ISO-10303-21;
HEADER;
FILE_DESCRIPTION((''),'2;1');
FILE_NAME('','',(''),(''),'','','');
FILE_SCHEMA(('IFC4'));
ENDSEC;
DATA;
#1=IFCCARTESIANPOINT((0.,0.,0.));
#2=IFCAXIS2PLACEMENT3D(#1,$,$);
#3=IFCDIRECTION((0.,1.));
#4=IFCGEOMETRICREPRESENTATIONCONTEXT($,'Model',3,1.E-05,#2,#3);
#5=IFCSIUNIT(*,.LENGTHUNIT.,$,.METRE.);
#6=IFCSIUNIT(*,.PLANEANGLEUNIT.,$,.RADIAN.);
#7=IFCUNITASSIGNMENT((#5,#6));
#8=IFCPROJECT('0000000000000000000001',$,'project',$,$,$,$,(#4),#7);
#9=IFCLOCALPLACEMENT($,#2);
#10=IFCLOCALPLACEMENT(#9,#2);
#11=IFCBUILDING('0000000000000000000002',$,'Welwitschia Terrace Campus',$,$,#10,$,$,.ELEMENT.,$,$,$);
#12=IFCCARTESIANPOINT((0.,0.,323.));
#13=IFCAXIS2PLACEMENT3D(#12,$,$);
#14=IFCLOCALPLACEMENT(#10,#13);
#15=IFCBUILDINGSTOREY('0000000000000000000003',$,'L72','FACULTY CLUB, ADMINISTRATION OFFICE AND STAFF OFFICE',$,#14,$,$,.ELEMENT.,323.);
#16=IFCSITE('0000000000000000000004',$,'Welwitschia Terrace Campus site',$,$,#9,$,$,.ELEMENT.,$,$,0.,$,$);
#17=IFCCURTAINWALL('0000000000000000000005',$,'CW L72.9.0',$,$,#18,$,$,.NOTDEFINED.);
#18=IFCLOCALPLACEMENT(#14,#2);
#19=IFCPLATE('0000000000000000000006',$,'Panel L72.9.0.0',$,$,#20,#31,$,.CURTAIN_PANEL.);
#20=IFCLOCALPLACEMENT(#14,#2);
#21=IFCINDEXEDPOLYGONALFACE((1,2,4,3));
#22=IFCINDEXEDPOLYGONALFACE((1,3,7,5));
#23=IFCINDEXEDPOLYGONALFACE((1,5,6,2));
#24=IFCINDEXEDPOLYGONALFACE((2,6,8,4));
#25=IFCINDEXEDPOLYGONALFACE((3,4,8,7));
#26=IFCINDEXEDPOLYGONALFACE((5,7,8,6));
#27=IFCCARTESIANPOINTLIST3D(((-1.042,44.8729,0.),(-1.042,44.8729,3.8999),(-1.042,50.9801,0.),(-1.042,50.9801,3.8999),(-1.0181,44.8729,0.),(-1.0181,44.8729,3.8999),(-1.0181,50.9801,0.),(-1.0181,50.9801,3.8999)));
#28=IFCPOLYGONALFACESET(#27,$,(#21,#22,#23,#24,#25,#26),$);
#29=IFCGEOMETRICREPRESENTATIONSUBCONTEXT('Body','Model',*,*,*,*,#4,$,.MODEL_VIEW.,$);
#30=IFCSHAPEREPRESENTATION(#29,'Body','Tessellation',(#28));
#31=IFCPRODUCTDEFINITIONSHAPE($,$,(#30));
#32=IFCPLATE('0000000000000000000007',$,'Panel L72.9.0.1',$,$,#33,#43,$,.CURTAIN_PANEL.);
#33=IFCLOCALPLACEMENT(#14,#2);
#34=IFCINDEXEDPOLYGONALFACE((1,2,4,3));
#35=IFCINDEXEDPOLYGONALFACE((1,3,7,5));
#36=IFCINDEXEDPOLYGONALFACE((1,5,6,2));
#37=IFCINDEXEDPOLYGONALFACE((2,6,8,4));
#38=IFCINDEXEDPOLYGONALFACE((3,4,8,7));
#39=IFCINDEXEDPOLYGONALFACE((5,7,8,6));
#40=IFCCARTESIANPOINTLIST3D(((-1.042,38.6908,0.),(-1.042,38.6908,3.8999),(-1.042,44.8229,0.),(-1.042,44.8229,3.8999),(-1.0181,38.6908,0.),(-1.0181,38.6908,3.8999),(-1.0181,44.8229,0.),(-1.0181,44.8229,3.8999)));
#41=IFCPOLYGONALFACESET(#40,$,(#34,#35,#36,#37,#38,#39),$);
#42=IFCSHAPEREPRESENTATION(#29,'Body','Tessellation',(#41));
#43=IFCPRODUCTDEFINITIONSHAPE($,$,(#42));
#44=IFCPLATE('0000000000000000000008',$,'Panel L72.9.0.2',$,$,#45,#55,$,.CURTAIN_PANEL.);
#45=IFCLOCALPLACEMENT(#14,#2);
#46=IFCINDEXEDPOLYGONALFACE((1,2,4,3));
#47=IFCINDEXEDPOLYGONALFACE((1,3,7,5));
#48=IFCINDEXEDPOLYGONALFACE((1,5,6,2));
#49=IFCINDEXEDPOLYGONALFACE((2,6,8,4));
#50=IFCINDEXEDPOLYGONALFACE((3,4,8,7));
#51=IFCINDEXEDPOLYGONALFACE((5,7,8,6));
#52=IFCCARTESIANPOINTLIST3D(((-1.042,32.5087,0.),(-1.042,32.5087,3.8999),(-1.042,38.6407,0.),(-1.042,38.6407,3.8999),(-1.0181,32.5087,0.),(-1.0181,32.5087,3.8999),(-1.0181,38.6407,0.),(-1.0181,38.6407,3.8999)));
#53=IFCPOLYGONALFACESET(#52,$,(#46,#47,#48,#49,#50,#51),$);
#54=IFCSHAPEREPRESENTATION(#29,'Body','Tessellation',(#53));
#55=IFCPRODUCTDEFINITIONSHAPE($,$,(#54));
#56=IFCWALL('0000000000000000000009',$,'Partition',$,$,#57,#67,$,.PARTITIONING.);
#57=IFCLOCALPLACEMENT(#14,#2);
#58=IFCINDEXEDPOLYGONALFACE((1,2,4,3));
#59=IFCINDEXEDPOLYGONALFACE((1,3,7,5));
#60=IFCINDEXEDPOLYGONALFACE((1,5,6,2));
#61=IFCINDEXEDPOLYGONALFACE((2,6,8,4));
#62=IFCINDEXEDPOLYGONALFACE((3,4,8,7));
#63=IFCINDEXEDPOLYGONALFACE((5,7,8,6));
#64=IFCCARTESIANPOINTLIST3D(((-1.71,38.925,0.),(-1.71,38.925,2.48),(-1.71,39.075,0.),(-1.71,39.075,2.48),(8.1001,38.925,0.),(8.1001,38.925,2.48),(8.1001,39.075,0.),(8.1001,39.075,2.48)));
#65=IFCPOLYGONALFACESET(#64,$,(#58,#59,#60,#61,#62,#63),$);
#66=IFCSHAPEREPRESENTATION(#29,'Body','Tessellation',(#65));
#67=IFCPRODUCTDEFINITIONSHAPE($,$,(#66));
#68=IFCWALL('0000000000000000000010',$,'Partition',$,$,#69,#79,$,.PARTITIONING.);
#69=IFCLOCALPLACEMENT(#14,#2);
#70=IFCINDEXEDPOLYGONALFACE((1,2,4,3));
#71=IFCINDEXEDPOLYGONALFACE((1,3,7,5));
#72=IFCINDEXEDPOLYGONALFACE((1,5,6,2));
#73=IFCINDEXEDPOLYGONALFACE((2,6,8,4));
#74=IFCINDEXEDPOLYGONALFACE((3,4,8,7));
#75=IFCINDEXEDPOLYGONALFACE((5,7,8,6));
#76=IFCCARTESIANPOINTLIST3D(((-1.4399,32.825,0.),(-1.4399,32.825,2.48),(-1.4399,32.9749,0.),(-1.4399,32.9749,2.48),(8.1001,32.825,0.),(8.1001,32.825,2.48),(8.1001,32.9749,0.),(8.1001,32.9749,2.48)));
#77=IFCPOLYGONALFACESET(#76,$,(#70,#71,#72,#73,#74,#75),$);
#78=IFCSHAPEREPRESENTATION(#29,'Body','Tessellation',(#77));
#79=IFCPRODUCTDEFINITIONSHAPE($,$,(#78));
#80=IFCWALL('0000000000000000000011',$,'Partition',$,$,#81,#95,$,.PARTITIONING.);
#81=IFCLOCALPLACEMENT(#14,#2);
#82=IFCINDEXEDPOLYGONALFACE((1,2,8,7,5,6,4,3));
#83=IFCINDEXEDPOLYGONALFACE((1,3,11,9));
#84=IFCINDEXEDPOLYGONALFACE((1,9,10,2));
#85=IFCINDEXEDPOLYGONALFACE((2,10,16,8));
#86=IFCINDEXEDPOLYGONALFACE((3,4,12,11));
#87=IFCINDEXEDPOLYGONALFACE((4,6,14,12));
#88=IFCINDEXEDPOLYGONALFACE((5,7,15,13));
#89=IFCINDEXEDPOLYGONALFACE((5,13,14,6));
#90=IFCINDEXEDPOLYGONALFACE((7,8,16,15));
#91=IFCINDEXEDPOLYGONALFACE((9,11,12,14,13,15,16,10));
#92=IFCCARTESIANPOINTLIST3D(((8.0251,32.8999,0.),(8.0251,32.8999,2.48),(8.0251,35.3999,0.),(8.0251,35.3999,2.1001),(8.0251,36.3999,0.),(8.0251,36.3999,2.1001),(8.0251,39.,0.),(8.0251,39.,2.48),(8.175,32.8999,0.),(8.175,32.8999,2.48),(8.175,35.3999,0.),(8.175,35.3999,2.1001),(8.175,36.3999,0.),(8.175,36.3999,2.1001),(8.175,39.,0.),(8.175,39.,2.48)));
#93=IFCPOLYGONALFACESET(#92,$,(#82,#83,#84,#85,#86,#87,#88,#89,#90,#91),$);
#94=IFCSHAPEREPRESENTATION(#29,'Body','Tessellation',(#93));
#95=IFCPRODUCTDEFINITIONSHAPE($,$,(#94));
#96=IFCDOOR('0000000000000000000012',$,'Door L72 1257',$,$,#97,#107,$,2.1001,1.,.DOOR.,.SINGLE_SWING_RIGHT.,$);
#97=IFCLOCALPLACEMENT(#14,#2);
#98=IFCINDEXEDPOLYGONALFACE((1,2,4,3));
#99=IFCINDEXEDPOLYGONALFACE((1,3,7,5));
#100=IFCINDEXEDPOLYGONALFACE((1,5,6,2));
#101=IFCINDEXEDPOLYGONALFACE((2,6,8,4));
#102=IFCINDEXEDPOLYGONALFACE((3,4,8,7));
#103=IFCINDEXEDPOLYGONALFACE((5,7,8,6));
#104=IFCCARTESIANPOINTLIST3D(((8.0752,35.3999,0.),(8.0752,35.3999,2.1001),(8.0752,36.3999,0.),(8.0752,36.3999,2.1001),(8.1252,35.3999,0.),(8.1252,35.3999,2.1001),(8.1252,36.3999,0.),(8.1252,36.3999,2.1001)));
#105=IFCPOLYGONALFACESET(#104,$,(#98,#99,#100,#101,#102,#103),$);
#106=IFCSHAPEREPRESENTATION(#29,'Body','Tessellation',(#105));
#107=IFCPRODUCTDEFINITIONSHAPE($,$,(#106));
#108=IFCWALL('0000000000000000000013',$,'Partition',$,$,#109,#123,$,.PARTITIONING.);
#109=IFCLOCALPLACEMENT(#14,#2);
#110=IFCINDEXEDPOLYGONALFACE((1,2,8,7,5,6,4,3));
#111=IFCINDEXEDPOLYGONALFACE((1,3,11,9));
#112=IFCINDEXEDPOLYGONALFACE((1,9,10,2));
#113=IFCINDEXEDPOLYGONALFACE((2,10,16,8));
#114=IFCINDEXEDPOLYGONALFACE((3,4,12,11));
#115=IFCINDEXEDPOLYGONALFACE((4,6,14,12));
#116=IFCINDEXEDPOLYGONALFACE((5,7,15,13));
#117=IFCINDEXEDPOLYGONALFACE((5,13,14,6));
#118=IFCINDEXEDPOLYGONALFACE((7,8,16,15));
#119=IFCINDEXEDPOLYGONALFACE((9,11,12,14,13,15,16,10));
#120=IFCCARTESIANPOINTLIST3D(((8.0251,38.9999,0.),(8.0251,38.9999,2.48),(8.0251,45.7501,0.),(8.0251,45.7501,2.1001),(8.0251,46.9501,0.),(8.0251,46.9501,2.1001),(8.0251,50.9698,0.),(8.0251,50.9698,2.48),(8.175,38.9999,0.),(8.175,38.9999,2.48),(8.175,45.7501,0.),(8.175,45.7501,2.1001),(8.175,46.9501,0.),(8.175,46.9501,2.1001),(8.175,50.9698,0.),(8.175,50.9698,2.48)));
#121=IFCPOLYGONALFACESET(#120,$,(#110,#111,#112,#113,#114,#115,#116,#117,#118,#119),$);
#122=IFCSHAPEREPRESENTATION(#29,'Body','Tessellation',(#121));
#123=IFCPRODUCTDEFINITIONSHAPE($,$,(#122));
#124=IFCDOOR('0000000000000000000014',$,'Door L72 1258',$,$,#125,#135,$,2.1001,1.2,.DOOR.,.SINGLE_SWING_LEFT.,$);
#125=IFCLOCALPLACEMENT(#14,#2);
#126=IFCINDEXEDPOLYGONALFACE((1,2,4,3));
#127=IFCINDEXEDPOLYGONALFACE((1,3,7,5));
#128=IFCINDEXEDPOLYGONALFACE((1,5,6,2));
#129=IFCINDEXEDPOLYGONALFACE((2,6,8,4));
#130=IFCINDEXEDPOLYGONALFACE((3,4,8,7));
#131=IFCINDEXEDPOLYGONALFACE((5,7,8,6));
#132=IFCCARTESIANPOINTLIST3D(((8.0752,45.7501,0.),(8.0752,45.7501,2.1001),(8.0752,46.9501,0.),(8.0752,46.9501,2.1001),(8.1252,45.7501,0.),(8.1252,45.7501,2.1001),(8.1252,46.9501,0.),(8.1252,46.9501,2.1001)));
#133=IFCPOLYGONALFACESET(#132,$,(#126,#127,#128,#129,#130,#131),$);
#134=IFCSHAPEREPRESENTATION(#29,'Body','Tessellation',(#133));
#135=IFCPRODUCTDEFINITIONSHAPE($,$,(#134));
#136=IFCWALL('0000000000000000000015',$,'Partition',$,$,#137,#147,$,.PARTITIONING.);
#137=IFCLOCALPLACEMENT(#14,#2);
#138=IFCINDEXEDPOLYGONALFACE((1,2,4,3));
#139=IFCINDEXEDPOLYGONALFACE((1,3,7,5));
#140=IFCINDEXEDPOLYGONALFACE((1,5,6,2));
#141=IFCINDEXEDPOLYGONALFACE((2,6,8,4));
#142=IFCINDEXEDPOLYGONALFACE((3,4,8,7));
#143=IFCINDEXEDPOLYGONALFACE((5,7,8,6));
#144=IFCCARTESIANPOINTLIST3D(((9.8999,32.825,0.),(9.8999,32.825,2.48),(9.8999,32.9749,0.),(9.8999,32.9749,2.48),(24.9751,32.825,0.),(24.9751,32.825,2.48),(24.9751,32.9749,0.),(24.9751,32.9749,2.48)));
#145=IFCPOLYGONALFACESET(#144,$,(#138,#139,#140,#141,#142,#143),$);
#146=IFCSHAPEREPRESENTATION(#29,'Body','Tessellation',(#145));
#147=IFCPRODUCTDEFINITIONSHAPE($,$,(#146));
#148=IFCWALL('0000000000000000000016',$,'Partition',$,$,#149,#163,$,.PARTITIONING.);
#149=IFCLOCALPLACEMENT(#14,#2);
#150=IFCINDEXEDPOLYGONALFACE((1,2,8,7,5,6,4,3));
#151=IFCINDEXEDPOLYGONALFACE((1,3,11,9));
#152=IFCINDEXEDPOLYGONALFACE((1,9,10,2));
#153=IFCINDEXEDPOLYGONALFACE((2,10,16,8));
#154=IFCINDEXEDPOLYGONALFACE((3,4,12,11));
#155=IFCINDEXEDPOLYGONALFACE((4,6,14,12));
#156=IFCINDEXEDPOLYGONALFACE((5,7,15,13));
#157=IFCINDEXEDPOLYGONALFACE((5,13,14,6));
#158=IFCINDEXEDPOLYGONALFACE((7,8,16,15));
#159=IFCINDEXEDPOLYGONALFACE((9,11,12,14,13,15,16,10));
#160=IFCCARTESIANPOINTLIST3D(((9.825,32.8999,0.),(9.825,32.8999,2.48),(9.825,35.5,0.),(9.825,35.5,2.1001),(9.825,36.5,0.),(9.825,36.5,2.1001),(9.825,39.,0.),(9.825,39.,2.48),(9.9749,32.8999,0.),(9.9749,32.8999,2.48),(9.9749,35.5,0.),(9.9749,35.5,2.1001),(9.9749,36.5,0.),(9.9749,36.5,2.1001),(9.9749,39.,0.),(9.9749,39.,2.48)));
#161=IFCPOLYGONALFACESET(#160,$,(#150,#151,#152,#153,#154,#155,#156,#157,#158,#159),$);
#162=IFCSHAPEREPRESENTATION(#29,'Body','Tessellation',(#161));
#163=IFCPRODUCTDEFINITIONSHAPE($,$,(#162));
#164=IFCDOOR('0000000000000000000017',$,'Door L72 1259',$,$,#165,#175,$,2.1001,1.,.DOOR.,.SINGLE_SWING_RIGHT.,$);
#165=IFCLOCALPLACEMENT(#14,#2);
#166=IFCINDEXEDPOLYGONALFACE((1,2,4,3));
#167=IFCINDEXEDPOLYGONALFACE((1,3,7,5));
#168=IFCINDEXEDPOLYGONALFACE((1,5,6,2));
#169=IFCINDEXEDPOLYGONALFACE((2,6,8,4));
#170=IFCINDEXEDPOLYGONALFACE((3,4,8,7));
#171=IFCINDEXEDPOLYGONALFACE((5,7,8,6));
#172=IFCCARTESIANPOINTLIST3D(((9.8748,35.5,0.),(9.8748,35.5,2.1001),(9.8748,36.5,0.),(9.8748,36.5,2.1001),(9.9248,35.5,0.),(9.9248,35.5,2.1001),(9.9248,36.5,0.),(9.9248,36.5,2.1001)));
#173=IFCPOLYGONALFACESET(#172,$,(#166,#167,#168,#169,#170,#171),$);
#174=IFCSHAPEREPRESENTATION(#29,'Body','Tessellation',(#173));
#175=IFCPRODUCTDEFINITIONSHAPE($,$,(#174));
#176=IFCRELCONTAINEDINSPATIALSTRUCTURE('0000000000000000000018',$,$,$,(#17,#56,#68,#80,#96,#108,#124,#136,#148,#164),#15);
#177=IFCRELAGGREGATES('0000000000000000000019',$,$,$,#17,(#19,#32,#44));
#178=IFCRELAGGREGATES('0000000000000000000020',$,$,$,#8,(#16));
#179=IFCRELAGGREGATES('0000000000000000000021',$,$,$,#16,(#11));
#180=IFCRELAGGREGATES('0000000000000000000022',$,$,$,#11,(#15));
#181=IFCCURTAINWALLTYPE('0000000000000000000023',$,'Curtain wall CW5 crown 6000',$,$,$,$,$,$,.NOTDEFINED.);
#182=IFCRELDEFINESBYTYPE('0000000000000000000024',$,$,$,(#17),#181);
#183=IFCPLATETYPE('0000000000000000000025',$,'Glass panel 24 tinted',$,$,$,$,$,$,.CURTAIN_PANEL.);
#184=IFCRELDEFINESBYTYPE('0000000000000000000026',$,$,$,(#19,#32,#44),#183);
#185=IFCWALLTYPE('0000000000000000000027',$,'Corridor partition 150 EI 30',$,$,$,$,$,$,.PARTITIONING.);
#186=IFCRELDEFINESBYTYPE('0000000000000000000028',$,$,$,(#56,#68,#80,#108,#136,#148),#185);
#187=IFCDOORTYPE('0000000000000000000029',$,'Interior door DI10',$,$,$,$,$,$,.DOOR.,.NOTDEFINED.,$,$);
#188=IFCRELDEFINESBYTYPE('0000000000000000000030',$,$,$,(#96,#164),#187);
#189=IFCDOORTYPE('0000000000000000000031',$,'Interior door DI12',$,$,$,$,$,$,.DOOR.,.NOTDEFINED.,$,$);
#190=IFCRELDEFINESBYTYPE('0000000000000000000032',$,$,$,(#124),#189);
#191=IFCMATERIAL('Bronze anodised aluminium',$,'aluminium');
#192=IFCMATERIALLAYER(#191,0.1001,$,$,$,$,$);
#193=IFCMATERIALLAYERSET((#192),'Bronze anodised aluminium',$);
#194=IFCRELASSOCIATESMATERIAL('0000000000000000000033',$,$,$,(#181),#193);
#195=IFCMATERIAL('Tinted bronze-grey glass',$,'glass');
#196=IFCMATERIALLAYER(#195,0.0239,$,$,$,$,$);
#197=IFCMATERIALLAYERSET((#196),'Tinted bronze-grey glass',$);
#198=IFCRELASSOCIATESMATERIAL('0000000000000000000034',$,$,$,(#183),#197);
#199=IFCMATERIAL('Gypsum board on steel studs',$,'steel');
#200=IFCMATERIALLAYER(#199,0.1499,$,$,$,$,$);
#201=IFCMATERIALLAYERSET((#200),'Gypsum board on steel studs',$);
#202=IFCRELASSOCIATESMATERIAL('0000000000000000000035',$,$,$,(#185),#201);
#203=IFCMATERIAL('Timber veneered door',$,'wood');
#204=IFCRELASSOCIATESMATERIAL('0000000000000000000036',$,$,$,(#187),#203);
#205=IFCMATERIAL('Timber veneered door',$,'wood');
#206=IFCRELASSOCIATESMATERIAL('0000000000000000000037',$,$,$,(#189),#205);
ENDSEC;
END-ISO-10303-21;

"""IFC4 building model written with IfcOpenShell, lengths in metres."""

from ifc_helpers import new_model, si_unit, direction, frame, frame_2d, origin, origin_2d, place, context, subcontext, project, spatial, rectangle, extrude, material, layer, layer_set, type_object, element, fill, aggregate, save


model = new_model("IFC4")

# Units and contexts
model_context = context("Model", 3, precision=1e-05, world=origin(), true_north=direction((0.0, 1.0)))
body_context = subcontext(model_context, "Body", "Model", "MODEL_VIEW")
ifc_project = project(units=[si_unit("LENGTHUNIT", "METRE"), si_unit("PLANEANGLEUNIT", "RADIAN")], contexts=[model_context])

# Site, building, storey
site_placement = place(None, origin())
site = spatial("IfcSite", under=ifc_project, at=site_placement, Name="Welwitschia Terrace Campus site", CompositionType="ELEMENT", RefElevation=0.0)
building_placement = place(site_placement, origin())
building = spatial("IfcBuilding", under=site, at=building_placement, Name="Welwitschia Terrace Campus", CompositionType="ELEMENT")
storey_placement = place(building_placement, frame((0.0, 0.0, 323.0)))
storey = spatial("IfcBuildingStorey", under=building, at=storey_placement, Name="L72", Description="FACULTY CLUB, ADMINISTRATION OFFICE AND STAFF OFFICE", CompositionType="ELEMENT", Elevation=323.0)

# Curtain wall
ifc_material_1 = material(Name="Bronze anodised aluminium", Category="aluminium")
ifc_layer_1 = layer(ifc_material_1, 0.1001)
ifc_layer_set_1 = layer_set([ifc_layer_1], Name="Bronze anodised aluminium")
curtain_wall_type = type_object("IfcCurtainWallType", Name="Curtain wall CW5 crown 6000", PredefinedType="NOTDEFINED", material=ifc_layer_set_1)
curtain_wall_1_placement = place(storey_placement, origin())
curtain_wall_1 = element("IfcCurtainWall", 1, at=curtain_wall_1_placement, inside=storey, type_object=curtain_wall_type, Name="CW L72.9.0", PredefinedType="NOTDEFINED")

# Plates
ifc_material_2 = material(Name="Tinted bronze-grey glass", Category="glass")
ifc_layer_2 = layer(ifc_material_2, 0.0239)
ifc_layer_set_2 = layer_set([ifc_layer_2], Name="Tinted bronze-grey glass")
plate_type = type_object("IfcPlateType", Name="Glass panel 24 tinted", PredefinedType="CURTAIN_PANEL", material=ifc_layer_set_2)
plate_1_placement = place(storey_placement, frame((-1.03, 47.9265, 0.0), z_axis=(0.0, 0.0, 1.0), x_axis=(0.0, -1.0, 0.0)))
plate_1 = element("IfcPlate", 2, at=plate_1_placement, type_object=plate_type, Name="Panel L72.9.0.0", PredefinedType="CURTAIN_PANEL", context=body_context, shape_type="SweptSolid", body=[
    extrude(rectangle(XDim=6.1072, YDim=0.0239, at=origin_2d()), origin(), (0.0, 0.0, 1.0), 3.8999),
])
plate_2_placement = place(storey_placement, frame((-1.03, 41.7568, 0.0), z_axis=(0.0, 0.0, 1.0), x_axis=(0.0, -1.0, 0.0)))
plate_2 = element("IfcPlate", 3, at=plate_2_placement, type_object=plate_type, Name="Panel L72.9.0.1", PredefinedType="CURTAIN_PANEL", context=body_context, shape_type="SweptSolid", body=[
    extrude(rectangle(XDim=6.1321, YDim=0.0239, at=origin_2d()), origin(), (0.0, 0.0, 1.0), 3.8999),
])
plate_3_placement = place(storey_placement, frame((-1.03, 35.5747, 0.0), z_axis=(0.0, 0.0, 1.0), x_axis=(0.0, -1.0, 0.0)))
plate_3 = element("IfcPlate", 4, at=plate_3_placement, type_object=plate_type, Name="Panel L72.9.0.2", PredefinedType="CURTAIN_PANEL", context=body_context, shape_type="SweptSolid", body=[
    extrude(rectangle(XDim=6.1321, YDim=0.0239, at=origin_2d()), origin(), (0.0, 0.0, 1.0), 3.8999),
])
aggregate(curtain_wall_1, [plate_1, plate_2, plate_3])

# Walls
ifc_material_3 = material(Name="Gypsum board on steel studs", Category="steel")
ifc_layer_3 = layer(ifc_material_3, 0.1499)
ifc_layer_set_3 = layer_set([ifc_layer_3], Name="Gypsum board on steel studs")
wall_type = type_object("IfcWallType", Name="Corridor partition 150 EI 30", PredefinedType="PARTITIONING", material=ifc_layer_set_3)
wall_1_placement = place(storey_placement, frame((-1.71, 39.0, 0.0), z_axis=(0.0, 0.0, 1.0), x_axis=(1.0, 0.0, 0.0)))
element("IfcWall", 5, at=wall_1_placement, inside=storey, type_object=wall_type, Name="Partition", PredefinedType="PARTITIONING", context=body_context, shape_type="SweptSolid", body=[
    extrude(rectangle(XDim=9.8101, YDim=0.1499, at=frame_2d((4.905, 0.0))), origin(), (0.0, 0.0, 1.0), 2.48),
])
wall_2_placement = place(storey_placement, frame((-1.4399, 32.8999, 0.0), z_axis=(0.0, 0.0, 1.0), x_axis=(1.0, 0.0, 0.0)))
element("IfcWall", 6, at=wall_2_placement, inside=storey, type_object=wall_type, Name="Partition", PredefinedType="PARTITIONING", context=body_context, shape_type="SweptSolid", body=[
    extrude(rectangle(XDim=9.54, YDim=0.1499, at=frame_2d((4.77, 0.0))), origin(), (0.0, 0.0, 1.0), 2.48),
])

# Walls, openings, doors
wall_3_placement = place(storey_placement, frame((8.1001, 32.8999, 0.0), z_axis=(0.0, 0.0, 1.0), x_axis=(0.0, 1.0, 0.0)))
wall_3 = element("IfcWall", 7, at=wall_3_placement, inside=storey, type_object=wall_type, Name="Partition", PredefinedType="PARTITIONING", context=body_context, shape_type="SweptSolid", body=[
    extrude(rectangle(XDim=6.1001, YDim=0.1499, at=frame_2d((3.05, 0.0))), origin(), (0.0, 0.0, 1.0), 2.48),
])
opening_1_placement = place(wall_3_placement, frame((2.5, 0.0, 0.0)))
opening_1 = element("IfcOpeningElement", 8, at=opening_1_placement, cuts=wall_3, PredefinedType="OPENING", context=body_context, shape_type="SweptSolid", body=[
    extrude(rectangle(XDim=1.0, YDim=2.1001, at=frame_2d((0.5, 1.05))), frame((0.0, 0.085, 0.0), z_axis=(0.0, -1.0, 0.0), x_axis=(1.0, 0.0, 0.0)), (0.0, 0.0, 1.0), 0.1699),
])
ifc_material_4 = material(Name="Timber veneered door", Category="wood")
door_type_1 = type_object("IfcDoorType", Name="Interior door DI10", OperationType="NOTDEFINED", PredefinedType="DOOR", material=ifc_material_4)
door_1_placement = place(opening_1_placement, origin())
door_1 = element("IfcDoor", 9, at=door_1_placement, inside=storey, type_object=door_type_1, Name="Door L72 1257", OperationType="SINGLE_SWING_RIGHT", OverallHeight=2.1001, OverallWidth=1.0, PredefinedType="DOOR", context=body_context, shape_type="SweptSolid", body=[
    extrude(rectangle(XDim=1.0, YDim=2.1001, at=frame_2d((0.5, 1.05))), frame((0.0, 0.0249, 0.0), z_axis=(0.0, -1.0, 0.0), x_axis=(1.0, 0.0, 0.0)), (0.0, 0.0, 1.0), 0.05),
])
fill(opening_1, door_1)
wall_4_placement = place(storey_placement, frame((8.1001, 39.0, 0.0), z_axis=(0.0, 0.0, 1.0), x_axis=(0.0, 1.0, 0.0)))
wall_4 = element("IfcWall", 10, at=wall_4_placement, inside=storey, type_object=wall_type, Name="Partition", PredefinedType="PARTITIONING", context=body_context, shape_type="SweptSolid", body=[
    extrude(rectangle(XDim=11.97, YDim=0.1499, at=frame_2d((5.9849, 0.0))), origin(), (0.0, 0.0, 1.0), 2.48),
])
opening_2_placement = place(wall_4_placement, frame((6.75, 0.0, 0.0)))
opening_2 = element("IfcOpeningElement", 11, at=opening_2_placement, cuts=wall_4, PredefinedType="OPENING", context=body_context, shape_type="SweptSolid", body=[
    extrude(rectangle(XDim=1.2, YDim=2.1001, at=frame_2d((0.6001, 1.05))), frame((0.0, 0.085, 0.0), z_axis=(0.0, -1.0, 0.0), x_axis=(1.0, 0.0, 0.0)), (0.0, 0.0, 1.0), 0.1699),
])
ifc_material_5 = material(Name="Timber veneered door", Category="wood")
door_type_2 = type_object("IfcDoorType", Name="Interior door DI12", OperationType="NOTDEFINED", PredefinedType="DOOR", material=ifc_material_5)
door_2_placement = place(opening_2_placement, origin())
door_2 = element("IfcDoor", 12, at=door_2_placement, inside=storey, type_object=door_type_2, Name="Door L72 1258", OperationType="SINGLE_SWING_LEFT", OverallHeight=2.1001, OverallWidth=1.2, PredefinedType="DOOR", context=body_context, shape_type="SweptSolid", body=[
    extrude(rectangle(XDim=1.2, YDim=2.1001, at=frame_2d((0.6001, 1.05))), frame((0.0, 0.0249, 0.0), z_axis=(0.0, -1.0, 0.0), x_axis=(1.0, 0.0, 0.0)), (0.0, 0.0, 1.0), 0.05),
])
fill(opening_2, door_2)

# Wall
wall_5_placement = place(storey_placement, frame((9.8999, 32.8999, 0.0), z_axis=(0.0, 0.0, 1.0), x_axis=(1.0, 0.0, 0.0)))
element("IfcWall", 13, at=wall_5_placement, inside=storey, type_object=wall_type, Name="Partition", PredefinedType="PARTITIONING", context=body_context, shape_type="SweptSolid", body=[
    extrude(rectangle(XDim=15.0752, YDim=0.1499, at=frame_2d((7.5376, 0.0))), origin(), (0.0, 0.0, 1.0), 2.48),
])

# Wall, opening, door
wall_6_placement = place(storey_placement, frame((9.8999, 39.0, 0.0), z_axis=(0.0, 0.0, 1.0), x_axis=(0.0, -1.0, 0.0)))
wall_6 = element("IfcWall", 14, at=wall_6_placement, inside=storey, type_object=wall_type, Name="Partition", PredefinedType="PARTITIONING", context=body_context, shape_type="SweptSolid", body=[
    extrude(rectangle(XDim=6.1001, YDim=0.1499, at=frame_2d((3.05, 0.0))), origin(), (0.0, 0.0, 1.0), 2.48),
])
opening_3_placement = place(wall_6_placement, frame((2.5, 0.0, 0.0)))
opening_3 = element("IfcOpeningElement", 15, at=opening_3_placement, cuts=wall_6, PredefinedType="OPENING", context=body_context, shape_type="SweptSolid", body=[
    extrude(rectangle(XDim=1.0, YDim=2.1001, at=frame_2d((0.5, 1.05))), frame((0.0, 0.085, 0.0), z_axis=(0.0, -1.0, 0.0), x_axis=(1.0, 0.0, 0.0)), (0.0, 0.0, 1.0), 0.1699),
])
door_3_placement = place(opening_3_placement, origin())
door_3 = element("IfcDoor", 16, at=door_3_placement, inside=storey, type_object=door_type_1, Name="Door L72 1259", OperationType="SINGLE_SWING_RIGHT", OverallHeight=2.1001, OverallWidth=1.0, PredefinedType="DOOR", context=body_context, shape_type="SweptSolid", body=[
    extrude(rectangle(XDim=1.0, YDim=2.1001, at=frame_2d((0.5, 1.05))), frame((0.0, 0.0249, 0.0), z_axis=(0.0, -1.0, 0.0), x_axis=(1.0, 0.0, 0.0)), (0.0, 0.0, 1.0), 0.05),
])
fill(opening_3, door_3)

save(model, "model.ifc")
